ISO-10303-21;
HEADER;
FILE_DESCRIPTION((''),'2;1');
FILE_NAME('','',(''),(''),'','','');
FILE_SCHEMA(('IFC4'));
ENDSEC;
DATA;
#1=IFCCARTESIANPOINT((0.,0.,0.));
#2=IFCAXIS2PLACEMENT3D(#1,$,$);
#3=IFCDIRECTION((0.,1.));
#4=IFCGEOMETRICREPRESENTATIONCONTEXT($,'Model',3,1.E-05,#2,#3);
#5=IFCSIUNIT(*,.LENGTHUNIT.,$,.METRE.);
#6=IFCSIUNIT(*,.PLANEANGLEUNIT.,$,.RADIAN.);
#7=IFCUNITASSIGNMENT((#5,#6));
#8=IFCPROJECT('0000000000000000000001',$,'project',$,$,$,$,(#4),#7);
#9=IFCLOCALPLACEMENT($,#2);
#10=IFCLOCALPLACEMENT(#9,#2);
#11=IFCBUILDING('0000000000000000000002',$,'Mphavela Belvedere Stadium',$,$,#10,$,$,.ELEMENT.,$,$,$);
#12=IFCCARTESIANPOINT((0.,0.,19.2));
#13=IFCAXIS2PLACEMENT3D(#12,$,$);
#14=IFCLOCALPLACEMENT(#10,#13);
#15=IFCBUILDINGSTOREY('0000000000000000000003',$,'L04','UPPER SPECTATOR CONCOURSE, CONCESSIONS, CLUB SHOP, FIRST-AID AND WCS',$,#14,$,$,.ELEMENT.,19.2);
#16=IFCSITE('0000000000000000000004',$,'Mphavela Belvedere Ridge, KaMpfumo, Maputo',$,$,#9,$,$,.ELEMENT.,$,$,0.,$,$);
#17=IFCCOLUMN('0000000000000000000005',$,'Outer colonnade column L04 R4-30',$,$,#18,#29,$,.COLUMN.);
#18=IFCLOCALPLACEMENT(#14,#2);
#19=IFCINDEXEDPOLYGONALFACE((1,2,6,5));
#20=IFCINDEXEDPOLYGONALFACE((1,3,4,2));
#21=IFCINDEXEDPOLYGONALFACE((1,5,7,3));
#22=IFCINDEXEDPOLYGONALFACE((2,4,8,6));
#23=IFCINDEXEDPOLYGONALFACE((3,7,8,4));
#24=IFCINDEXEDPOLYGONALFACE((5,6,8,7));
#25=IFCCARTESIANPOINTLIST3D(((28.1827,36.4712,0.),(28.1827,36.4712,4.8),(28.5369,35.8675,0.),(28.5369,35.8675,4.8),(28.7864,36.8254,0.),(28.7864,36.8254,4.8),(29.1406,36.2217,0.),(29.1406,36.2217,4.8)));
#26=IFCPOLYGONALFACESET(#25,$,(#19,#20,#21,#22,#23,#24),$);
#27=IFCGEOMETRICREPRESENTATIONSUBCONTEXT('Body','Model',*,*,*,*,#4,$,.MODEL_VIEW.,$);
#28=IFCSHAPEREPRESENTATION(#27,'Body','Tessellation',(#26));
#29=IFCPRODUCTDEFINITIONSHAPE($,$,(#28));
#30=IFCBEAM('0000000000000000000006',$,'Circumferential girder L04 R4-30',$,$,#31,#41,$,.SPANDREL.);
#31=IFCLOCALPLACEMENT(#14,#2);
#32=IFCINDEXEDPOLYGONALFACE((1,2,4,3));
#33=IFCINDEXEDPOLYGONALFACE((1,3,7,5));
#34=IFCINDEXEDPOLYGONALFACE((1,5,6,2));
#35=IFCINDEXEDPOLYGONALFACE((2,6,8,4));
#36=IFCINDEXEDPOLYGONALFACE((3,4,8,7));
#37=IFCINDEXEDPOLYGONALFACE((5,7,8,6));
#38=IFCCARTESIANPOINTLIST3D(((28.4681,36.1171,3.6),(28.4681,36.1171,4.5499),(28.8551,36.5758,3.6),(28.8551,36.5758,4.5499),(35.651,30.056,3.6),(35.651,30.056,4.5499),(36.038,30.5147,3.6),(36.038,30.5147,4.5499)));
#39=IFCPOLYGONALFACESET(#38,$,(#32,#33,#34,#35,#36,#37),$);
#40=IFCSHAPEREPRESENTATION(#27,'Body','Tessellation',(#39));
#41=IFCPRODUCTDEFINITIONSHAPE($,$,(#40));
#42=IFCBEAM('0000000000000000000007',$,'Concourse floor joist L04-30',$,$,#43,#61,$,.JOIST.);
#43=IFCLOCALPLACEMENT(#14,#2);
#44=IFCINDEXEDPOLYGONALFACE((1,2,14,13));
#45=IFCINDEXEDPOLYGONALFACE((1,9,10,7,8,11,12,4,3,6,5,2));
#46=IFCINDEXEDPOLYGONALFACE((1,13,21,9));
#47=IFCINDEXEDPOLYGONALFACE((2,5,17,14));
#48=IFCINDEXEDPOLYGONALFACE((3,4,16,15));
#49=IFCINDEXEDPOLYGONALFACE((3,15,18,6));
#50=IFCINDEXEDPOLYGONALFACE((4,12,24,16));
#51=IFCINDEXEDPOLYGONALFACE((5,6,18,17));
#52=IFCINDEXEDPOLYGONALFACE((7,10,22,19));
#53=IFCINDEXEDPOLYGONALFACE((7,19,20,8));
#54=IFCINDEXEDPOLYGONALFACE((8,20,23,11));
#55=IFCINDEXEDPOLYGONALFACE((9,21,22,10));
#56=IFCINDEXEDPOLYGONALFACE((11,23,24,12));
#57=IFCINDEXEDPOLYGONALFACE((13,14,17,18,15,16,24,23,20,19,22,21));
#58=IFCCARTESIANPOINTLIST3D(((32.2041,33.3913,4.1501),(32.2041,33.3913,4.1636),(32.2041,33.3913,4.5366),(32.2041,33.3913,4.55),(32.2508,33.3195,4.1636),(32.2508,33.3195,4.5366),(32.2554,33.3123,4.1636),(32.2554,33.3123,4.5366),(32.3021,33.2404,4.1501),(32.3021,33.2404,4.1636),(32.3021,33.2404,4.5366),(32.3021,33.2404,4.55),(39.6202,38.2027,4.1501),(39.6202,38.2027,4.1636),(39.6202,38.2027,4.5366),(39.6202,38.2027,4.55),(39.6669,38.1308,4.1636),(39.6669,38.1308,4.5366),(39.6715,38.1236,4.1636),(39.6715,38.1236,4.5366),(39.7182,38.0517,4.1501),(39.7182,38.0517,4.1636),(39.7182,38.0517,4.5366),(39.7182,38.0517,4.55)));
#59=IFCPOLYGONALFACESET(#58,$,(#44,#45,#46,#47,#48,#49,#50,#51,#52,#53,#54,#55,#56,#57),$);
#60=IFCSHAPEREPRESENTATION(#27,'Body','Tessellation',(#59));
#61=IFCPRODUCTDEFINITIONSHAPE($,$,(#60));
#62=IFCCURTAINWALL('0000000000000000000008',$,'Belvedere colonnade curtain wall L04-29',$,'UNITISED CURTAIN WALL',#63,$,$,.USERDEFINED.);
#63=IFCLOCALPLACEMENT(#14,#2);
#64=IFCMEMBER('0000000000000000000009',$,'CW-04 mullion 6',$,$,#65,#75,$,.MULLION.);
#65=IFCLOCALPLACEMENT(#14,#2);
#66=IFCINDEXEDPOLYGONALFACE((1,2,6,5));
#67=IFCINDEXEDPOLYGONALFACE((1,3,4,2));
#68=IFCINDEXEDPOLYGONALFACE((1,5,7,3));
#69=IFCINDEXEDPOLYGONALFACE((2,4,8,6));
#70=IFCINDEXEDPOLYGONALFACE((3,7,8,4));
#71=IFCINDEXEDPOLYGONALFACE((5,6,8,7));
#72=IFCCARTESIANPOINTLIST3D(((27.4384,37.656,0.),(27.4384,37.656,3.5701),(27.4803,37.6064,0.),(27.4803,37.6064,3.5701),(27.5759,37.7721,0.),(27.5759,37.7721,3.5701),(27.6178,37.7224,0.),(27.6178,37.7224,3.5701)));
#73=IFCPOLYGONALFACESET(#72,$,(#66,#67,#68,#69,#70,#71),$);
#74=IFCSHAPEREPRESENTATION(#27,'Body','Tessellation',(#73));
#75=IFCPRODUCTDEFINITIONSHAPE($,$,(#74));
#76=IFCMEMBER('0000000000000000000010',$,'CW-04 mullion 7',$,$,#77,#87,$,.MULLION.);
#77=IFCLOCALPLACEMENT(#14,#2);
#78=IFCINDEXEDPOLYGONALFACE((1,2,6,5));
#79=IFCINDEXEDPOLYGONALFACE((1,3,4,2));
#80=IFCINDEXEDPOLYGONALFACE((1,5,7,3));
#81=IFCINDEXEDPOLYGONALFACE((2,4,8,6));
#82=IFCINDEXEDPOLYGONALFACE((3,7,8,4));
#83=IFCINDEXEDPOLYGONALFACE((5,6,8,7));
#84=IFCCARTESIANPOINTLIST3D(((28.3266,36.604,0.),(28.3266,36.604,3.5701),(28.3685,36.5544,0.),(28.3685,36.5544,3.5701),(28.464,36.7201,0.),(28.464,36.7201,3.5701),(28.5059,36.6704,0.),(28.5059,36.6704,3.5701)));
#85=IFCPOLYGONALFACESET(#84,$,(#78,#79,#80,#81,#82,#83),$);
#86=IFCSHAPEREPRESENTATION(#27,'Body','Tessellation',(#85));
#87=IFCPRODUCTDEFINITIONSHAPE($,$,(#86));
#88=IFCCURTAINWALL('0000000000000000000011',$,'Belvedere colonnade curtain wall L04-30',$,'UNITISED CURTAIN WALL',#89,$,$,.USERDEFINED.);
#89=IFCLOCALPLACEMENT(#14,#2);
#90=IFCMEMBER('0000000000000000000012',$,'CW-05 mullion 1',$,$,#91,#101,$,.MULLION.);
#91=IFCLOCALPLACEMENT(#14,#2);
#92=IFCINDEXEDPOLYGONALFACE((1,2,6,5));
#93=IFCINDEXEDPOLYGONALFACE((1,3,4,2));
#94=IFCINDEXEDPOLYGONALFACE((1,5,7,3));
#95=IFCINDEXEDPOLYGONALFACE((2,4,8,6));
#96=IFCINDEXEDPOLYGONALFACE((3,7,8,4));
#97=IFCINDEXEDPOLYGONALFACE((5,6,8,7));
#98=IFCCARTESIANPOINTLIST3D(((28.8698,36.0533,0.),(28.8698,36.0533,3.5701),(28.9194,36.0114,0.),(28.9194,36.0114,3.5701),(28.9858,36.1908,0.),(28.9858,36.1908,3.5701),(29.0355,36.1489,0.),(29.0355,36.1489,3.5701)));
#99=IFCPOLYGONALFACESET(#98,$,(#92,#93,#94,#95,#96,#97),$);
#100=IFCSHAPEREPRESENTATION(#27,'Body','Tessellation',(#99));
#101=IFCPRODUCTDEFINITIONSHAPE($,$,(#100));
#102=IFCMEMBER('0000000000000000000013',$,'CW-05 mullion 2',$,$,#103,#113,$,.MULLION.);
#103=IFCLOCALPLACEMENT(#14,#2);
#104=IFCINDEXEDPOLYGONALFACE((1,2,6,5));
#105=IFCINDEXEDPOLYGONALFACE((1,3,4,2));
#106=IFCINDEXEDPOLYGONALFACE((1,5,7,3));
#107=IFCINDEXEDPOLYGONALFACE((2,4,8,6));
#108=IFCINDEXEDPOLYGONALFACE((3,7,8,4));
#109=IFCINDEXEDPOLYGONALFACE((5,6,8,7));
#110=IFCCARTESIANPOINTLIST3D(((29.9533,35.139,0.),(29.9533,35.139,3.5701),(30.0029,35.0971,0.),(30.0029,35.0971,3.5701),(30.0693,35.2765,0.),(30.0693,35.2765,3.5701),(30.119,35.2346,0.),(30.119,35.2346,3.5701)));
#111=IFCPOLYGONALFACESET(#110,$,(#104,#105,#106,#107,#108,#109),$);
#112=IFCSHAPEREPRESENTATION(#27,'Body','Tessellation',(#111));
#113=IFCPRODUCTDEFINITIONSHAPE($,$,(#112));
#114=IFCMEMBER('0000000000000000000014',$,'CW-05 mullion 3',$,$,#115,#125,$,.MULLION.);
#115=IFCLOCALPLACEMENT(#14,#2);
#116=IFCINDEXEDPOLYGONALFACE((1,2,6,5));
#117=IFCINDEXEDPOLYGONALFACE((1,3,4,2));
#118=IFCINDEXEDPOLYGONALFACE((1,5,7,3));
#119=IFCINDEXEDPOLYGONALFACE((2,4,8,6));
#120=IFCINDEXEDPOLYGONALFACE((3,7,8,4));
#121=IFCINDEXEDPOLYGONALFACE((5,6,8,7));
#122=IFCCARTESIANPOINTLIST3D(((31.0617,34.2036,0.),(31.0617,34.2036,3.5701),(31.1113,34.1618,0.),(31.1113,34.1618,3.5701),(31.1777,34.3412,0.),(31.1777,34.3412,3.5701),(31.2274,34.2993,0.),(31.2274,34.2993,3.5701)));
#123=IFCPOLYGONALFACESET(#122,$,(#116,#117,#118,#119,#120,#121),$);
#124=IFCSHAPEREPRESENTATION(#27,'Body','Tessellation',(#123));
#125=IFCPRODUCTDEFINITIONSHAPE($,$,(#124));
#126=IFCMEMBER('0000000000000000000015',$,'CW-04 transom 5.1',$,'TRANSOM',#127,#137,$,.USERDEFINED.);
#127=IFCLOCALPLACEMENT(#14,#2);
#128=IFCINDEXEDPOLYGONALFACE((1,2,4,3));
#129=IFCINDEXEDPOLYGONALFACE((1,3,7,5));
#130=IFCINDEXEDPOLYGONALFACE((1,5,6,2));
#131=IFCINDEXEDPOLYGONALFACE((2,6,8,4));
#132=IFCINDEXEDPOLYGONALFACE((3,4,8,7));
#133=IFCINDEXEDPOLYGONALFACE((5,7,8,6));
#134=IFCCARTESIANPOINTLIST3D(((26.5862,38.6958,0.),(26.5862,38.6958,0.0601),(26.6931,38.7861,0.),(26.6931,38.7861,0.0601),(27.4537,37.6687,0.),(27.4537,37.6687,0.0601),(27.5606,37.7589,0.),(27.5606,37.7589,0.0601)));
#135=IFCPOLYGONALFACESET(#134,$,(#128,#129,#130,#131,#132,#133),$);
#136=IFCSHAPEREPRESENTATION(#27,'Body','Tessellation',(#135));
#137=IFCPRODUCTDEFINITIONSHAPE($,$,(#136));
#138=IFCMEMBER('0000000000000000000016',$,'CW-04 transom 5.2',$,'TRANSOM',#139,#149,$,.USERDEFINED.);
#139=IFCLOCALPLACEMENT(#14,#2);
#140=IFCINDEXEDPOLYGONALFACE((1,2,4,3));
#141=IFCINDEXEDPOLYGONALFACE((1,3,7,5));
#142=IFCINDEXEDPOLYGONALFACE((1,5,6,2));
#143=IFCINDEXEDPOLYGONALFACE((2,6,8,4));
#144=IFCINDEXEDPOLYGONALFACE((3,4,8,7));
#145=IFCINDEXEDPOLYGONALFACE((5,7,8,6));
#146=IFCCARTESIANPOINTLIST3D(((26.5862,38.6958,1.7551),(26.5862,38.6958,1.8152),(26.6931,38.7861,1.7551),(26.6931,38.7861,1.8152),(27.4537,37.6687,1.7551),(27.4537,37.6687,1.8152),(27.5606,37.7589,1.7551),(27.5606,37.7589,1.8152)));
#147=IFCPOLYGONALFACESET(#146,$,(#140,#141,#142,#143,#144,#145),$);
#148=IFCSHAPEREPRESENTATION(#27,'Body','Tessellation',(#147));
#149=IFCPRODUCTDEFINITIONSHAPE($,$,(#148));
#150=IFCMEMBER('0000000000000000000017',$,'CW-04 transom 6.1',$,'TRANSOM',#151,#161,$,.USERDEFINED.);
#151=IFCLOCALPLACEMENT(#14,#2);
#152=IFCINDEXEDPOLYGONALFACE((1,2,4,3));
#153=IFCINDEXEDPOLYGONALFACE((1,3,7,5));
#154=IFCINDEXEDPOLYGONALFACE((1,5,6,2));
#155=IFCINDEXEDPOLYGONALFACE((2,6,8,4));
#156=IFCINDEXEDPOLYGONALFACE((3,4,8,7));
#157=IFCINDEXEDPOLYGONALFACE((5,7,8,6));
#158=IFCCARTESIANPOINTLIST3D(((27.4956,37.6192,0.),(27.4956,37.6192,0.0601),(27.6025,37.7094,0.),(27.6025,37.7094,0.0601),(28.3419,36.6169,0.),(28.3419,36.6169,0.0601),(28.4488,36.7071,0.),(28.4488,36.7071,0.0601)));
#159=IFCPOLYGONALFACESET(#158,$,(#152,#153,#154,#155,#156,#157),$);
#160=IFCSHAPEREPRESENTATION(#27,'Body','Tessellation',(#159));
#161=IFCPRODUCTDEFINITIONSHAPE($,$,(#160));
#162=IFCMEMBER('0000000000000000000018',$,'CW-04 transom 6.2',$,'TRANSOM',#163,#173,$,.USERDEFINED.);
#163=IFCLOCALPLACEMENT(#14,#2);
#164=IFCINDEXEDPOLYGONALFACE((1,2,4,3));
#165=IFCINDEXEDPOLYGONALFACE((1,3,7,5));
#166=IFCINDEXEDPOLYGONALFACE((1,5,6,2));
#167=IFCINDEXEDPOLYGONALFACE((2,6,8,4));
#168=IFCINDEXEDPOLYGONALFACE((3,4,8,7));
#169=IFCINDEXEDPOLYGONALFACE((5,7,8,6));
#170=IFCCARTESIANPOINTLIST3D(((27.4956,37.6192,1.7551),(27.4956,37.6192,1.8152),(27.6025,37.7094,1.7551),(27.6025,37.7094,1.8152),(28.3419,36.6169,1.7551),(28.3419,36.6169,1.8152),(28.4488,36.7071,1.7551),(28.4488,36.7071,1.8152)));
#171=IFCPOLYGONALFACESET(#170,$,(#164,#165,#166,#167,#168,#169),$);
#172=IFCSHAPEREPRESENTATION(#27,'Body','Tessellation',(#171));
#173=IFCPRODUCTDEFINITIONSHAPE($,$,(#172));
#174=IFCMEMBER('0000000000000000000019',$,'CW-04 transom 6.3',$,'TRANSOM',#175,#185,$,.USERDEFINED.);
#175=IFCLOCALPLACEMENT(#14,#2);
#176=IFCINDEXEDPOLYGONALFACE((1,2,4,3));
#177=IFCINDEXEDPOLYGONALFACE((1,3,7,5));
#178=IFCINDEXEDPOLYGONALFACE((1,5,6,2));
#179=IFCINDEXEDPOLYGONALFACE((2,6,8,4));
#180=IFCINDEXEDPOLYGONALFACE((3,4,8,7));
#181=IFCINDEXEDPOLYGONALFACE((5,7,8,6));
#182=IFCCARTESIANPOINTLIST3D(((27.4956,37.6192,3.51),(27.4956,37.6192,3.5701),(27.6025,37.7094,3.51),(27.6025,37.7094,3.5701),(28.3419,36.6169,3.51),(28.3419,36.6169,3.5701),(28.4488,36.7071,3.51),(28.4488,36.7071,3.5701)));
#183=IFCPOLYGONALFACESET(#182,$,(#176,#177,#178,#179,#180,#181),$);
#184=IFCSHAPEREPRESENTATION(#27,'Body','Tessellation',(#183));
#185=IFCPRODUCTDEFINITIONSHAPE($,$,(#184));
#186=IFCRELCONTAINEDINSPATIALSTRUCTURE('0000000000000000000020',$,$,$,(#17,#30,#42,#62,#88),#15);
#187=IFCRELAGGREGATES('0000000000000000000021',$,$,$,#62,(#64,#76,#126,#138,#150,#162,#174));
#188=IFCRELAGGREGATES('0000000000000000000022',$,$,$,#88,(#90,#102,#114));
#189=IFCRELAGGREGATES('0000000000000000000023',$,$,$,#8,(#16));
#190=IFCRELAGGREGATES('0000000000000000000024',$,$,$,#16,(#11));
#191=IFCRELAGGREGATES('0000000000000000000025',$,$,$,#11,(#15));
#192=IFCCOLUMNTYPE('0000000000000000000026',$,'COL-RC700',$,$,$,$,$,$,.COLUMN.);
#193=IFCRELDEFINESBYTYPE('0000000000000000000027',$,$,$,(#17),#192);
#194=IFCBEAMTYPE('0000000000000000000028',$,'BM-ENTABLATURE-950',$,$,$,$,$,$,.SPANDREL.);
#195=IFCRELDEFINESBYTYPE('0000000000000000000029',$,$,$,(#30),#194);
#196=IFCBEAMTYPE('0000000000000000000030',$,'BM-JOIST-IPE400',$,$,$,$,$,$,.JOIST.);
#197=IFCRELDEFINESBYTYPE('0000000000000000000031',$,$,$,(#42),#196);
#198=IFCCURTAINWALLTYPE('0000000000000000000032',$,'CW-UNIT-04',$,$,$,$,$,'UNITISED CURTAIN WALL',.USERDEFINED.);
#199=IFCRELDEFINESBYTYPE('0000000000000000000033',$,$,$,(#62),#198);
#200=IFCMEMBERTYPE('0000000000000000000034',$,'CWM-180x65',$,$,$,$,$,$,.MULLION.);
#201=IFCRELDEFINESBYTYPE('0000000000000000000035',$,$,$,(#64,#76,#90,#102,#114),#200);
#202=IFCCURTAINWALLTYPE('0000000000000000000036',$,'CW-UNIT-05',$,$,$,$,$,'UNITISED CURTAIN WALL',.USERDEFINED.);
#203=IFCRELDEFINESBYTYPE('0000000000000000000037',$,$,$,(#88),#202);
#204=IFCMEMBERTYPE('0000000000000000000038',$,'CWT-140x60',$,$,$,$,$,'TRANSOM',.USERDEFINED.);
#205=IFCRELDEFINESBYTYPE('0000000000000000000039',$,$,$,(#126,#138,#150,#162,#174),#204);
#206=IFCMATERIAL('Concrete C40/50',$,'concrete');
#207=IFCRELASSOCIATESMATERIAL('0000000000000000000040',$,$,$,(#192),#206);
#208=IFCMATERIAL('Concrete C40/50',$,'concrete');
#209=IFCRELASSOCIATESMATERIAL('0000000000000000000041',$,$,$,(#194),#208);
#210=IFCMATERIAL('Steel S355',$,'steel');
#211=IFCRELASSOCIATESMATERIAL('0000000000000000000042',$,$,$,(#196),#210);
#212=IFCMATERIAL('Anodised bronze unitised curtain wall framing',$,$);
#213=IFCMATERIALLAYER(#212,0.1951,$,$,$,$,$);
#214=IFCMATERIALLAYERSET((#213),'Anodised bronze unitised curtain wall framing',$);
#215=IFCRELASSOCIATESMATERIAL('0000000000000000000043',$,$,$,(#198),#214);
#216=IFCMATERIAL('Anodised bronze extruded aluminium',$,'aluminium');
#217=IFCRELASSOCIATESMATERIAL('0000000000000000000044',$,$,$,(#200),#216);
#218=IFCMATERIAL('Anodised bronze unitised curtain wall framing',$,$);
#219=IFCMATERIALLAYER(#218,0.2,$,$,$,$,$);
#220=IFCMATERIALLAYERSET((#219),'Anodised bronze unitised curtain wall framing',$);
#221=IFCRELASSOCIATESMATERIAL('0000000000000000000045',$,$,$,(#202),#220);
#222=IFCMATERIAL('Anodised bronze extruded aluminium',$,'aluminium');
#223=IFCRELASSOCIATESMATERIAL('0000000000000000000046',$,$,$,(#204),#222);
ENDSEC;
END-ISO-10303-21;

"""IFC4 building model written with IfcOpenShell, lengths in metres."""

from ifc_helpers import new_model, si_unit, direction, frame, origin, origin_2d, place, context, subcontext, project, spatial, rectangle, i_section, extrude, material, layer, layer_set, material_profile, profile_set, type_object, element, aggregate, save


model = new_model("IFC4")

# Units and contexts
model_context = context("Model", 3, precision=1e-05, world=origin(), true_north=direction((0.0, 1.0)))
body_context = subcontext(model_context, "Body", "Model", "MODEL_VIEW")
ifc_project = project(units=[si_unit("LENGTHUNIT", "METRE"), si_unit("PLANEANGLEUNIT", "RADIAN")], contexts=[model_context])

# Site, building, storey
site_placement = place(None, origin())
site = spatial("IfcSite", under=ifc_project, at=site_placement, Name="Mphavela Belvedere Ridge, KaMpfumo, Maputo", CompositionType="ELEMENT", RefElevation=0.0)
building_placement = place(site_placement, origin())
building = spatial("IfcBuilding", under=site, at=building_placement, Name="Mphavela Belvedere Stadium", CompositionType="ELEMENT")
storey_placement = place(building_placement, frame((0.0, 0.0, 19.2)))
storey = spatial("IfcBuildingStorey", under=building, at=storey_placement, Name="L04", Description="UPPER SPECTATOR CONCOURSE, CONCESSIONS, CLUB SHOP, FIRST-AID AND WCS", CompositionType="ELEMENT", Elevation=19.2)

# Column
ifc_material_1 = material(Name="Concrete C40/50", Category="concrete")
ifc_material_profile_1 = material_profile(ifc_material_1, rectangle(XDim=0.7, YDim=0.7, at=origin_2d()), Name="RC 700x700")
ifc_profile_set_1 = profile_set([ifc_material_profile_1], Name="Concrete C40/50")
column_type = type_object("IfcColumnType", Name="COL-RC700", PredefinedType="COLUMN", material=ifc_profile_set_1)
column_placement = place(storey_placement, frame((28.6616, 36.3464, 0.0), z_axis=(0.0, 0.0, 1.0), x_axis=(-0.862514, -0.506034, 0.0)))
element("IfcColumn", 1, at=column_placement, inside=storey, type_object=column_type, Name="Outer colonnade column L04 R4-30", PredefinedType="COLUMN", context=body_context, shape_type="SweptSolid", body=[
    extrude(rectangle(XDim=0.7, YDim=0.7, at=origin_2d()), origin(), (0.0, 0.0, 1.0), 4.8),
])

# Beams
ifc_material_2 = material(Name="Concrete C40/50", Category="concrete")
ifc_material_profile_2 = material_profile(ifc_material_2, rectangle(XDim=0.6001, YDim=0.95, at=origin_2d()), Name="RC 600x950")
ifc_profile_set_2 = profile_set([ifc_material_profile_2], Name="Concrete C40/50")
beam_type_1 = type_object("IfcBeamType", Name="BM-ENTABLATURE-950", PredefinedType="SPANDREL", material=ifc_profile_set_2)
beam_1_placement = place(storey_placement, frame((28.6616, 36.3464, 4.075), z_axis=(0.764265, -0.644902, 0.0), x_axis=(0.644902, 0.764265, 0.0)))
element("IfcBeam", 2, at=beam_1_placement, inside=storey, type_object=beam_type_1, Name="Circumferential girder L04 R4-30", PredefinedType="SPANDREL", context=body_context, shape_type="SweptSolid", body=[
    extrude(rectangle(XDim=0.6001, YDim=0.95, at=origin_2d()), origin(), (0.0, 0.0, 1.0), 9.3984),
])
ifc_material_3 = material(Name="Steel S355", Category="steel")
ifc_material_profile_3 = material_profile(ifc_material_3, i_section(OverallWidth=0.1799, OverallDepth=0.3999, WebThickness=0.0085, FlangeThickness=0.0134, at=origin_2d()), Name="IPE 400")
ifc_profile_set_3 = profile_set([ifc_material_profile_3], Name="Steel S355")
beam_type_2 = type_object("IfcBeamType", Name="BM-JOIST-IPE400", PredefinedType="JOIST", material=ifc_profile_set_3)
beam_2_placement = place(storey_placement, frame((39.6692, 38.1272, 4.3501), z_axis=(-0.838915, -0.544262, 0.0), x_axis=(0.544262, -0.838915, 0.0)))
element("IfcBeam", 3, at=beam_2_placement, inside=storey, type_object=beam_type_2, Name="Concourse floor joist L04-30", PredefinedType="JOIST", context=body_context, shape_type="SweptSolid", body=[
    extrude(i_section(OverallWidth=0.1799, OverallDepth=0.3999, WebThickness=0.0085, FlangeThickness=0.0134, at=origin_2d()), origin(), (0.0, 0.0, 1.0), 8.8401),
])

# Curtain walls, members
ifc_material_4 = material(Name="Anodised bronze unitised curtain wall framing")
ifc_layer_1 = layer(ifc_material_4, 0.1951)
ifc_layer_set_1 = layer_set([ifc_layer_1], Name="Anodised bronze unitised curtain wall framing")
curtain_wall_type_1 = type_object("IfcCurtainWallType", Name="CW-UNIT-04", ElementType="UNITISED CURTAIN WALL", PredefinedType="USERDEFINED", material=ifc_layer_set_1)
curtain_wall_1_placement = place(storey_placement, origin())
curtain_wall_1 = element("IfcCurtainWall", 4, at=curtain_wall_1_placement, inside=storey, type_object=curtain_wall_type_1, Name="Belvedere colonnade curtain wall L04-29", ObjectType="UNITISED CURTAIN WALL", PredefinedType="USERDEFINED")
ifc_material_5 = material(Name="Anodised bronze extruded aluminium", Category="aluminium")
ifc_material_profile_4 = material_profile(ifc_material_5, rectangle(XDim=0.1799, YDim=0.0649, at=origin_2d()), Name="CW-MUL 180x65")
ifc_profile_set_4 = profile_set([ifc_material_profile_4], Name="Anodised bronze extruded aluminium")
member_type_1 = type_object("IfcMemberType", Name="CWM-180x65", PredefinedType="MULLION", material=ifc_profile_set_4)
member_1_placement = place(storey_placement, frame((27.5281, 37.6892, 0.0), z_axis=(0.0, 0.0, 1.0), x_axis=(0.764035, 0.645175, 0.0)))
member_1 = element("IfcMember", 5, at=member_1_placement, type_object=member_type_1, Name="CW-04 mullion 6", PredefinedType="MULLION", context=body_context, shape_type="SweptSolid", body=[
    extrude(rectangle(XDim=0.1799, YDim=0.0649, at=origin_2d()), origin(), (0.0, 0.0, 1.0), 3.5701),
])
member_2_placement = place(storey_placement, frame((28.4163, 36.6372, 0.0), z_axis=(0.0, 0.0, 1.0), x_axis=(0.764035, 0.645175, 0.0)))
member_2 = element("IfcMember", 6, at=member_2_placement, type_object=member_type_1, Name="CW-04 mullion 7", PredefinedType="MULLION", context=body_context, shape_type="SweptSolid", body=[
    extrude(rectangle(XDim=0.1799, YDim=0.0649, at=origin_2d()), origin(), (0.0, 0.0, 1.0), 3.5701),
])
ifc_material_6 = material(Name="Anodised bronze unitised curtain wall framing")
ifc_layer_2 = layer(ifc_material_6, 0.2)
ifc_layer_set_2 = layer_set([ifc_layer_2], Name="Anodised bronze unitised curtain wall framing")
curtain_wall_type_2 = type_object("IfcCurtainWallType", Name="CW-UNIT-05", ElementType="UNITISED CURTAIN WALL", PredefinedType="USERDEFINED", material=ifc_layer_set_2)
curtain_wall_2_placement = place(storey_placement, origin())
curtain_wall_2 = element("IfcCurtainWall", 7, at=curtain_wall_2_placement, inside=storey, type_object=curtain_wall_type_2, Name="Belvedere colonnade curtain wall L04-30", ObjectType="UNITISED CURTAIN WALL", PredefinedType="USERDEFINED")
member_3_placement = place(storey_placement, frame((28.9526, 36.1011, 0.0), z_axis=(0.0, 0.0, 1.0), x_axis=(0.644916, 0.764253, 0.0)))
member_3 = element("IfcMember", 8, at=member_3_placement, type_object=member_type_1, Name="CW-05 mullion 1", PredefinedType="MULLION", context=body_context, shape_type="SweptSolid", body=[
    extrude(rectangle(XDim=0.1799, YDim=0.0649, at=origin_2d()), origin(), (0.0, 0.0, 1.0), 3.5701),
])
member_4_placement = place(storey_placement, frame((30.0361, 35.1868, 0.0), z_axis=(0.0, 0.0, 1.0), x_axis=(0.644916, 0.764253, 0.0)))
member_4 = element("IfcMember", 9, at=member_4_placement, type_object=member_type_1, Name="CW-05 mullion 2", PredefinedType="MULLION", context=body_context, shape_type="SweptSolid", body=[
    extrude(rectangle(XDim=0.1799, YDim=0.0649, at=origin_2d()), origin(), (0.0, 0.0, 1.0), 3.5701),
])
member_5_placement = place(storey_placement, frame((31.1445, 34.2515, 0.0), z_axis=(0.0, 0.0, 1.0), x_axis=(0.644916, 0.764253, 0.0)))
member_5 = element("IfcMember", 10, at=member_5_placement, type_object=member_type_1, Name="CW-05 mullion 3", PredefinedType="MULLION", context=body_context, shape_type="SweptSolid", body=[
    extrude(rectangle(XDim=0.1799, YDim=0.0649, at=origin_2d()), origin(), (0.0, 0.0, 1.0), 3.5701),
])

# Members
ifc_material_7 = material(Name="Anodised bronze extruded aluminium", Category="aluminium")
ifc_material_profile_5 = material_profile(ifc_material_7, rectangle(XDim=0.1399, YDim=0.0601, at=origin_2d()), Name="CW-TRN 140x60")
ifc_profile_set_5 = profile_set([ifc_material_profile_5], Name="Anodised bronze extruded aluminium")
member_type_2 = type_object("IfcMemberType", Name="CWT-140x60", ElementType="TRANSOM", PredefinedType="USERDEFINED", material=ifc_profile_set_5)
member_6_placement = place(storey_placement, frame((26.6396, 38.741, 0.03), z_axis=(0.645226, -0.763992, 0.0), x_axis=(0.763992, 0.645226, 0.0)))
member_6 = element("IfcMember", 11, at=member_6_placement, type_object=member_type_2, Name="CW-04 transom 5.1", ObjectType="TRANSOM", PredefinedType="USERDEFINED", context=body_context, shape_type="SweptSolid", body=[
    extrude(rectangle(XDim=0.1399, YDim=0.0601, at=origin_2d()), origin(), (0.0, 0.0, 1.0), 1.3445),
])
member_7_placement = place(storey_placement, frame((26.6396, 38.741, 1.7852), z_axis=(0.645226, -0.763992, 0.0), x_axis=(0.763992, 0.645226, 0.0)))
member_7 = element("IfcMember", 12, at=member_7_placement, type_object=member_type_2, Name="CW-04 transom 5.2", ObjectType="TRANSOM", PredefinedType="USERDEFINED", context=body_context, shape_type="SweptSolid", body=[
    extrude(rectangle(XDim=0.1399, YDim=0.0601, at=origin_2d()), origin(), (0.0, 0.0, 1.0), 1.3445),
])
member_8_placement = place(storey_placement, frame((27.5491, 37.6643, 0.03), z_axis=(0.645133, -0.764071, 0.0), x_axis=(0.764071, 0.645133, 0.0)))
member_8 = element("IfcMember", 13, at=member_8_placement, type_object=member_type_2, Name="CW-04 transom 6.1", ObjectType="TRANSOM", PredefinedType="USERDEFINED", context=body_context, shape_type="SweptSolid", body=[
    extrude(rectangle(XDim=0.1399, YDim=0.0601, at=origin_2d()), origin(), (0.0, 0.0, 1.0), 1.3118),
])
member_9_placement = place(storey_placement, frame((27.5491, 37.6643, 1.7852), z_axis=(0.645133, -0.764071, 0.0), x_axis=(0.764071, 0.645133, 0.0)))
member_9 = element("IfcMember", 14, at=member_9_placement, type_object=member_type_2, Name="CW-04 transom 6.2", ObjectType="TRANSOM", PredefinedType="USERDEFINED", context=body_context, shape_type="SweptSolid", body=[
    extrude(rectangle(XDim=0.1399, YDim=0.0601, at=origin_2d()), origin(), (0.0, 0.0, 1.0), 1.3118),
])
member_10_placement = place(storey_placement, frame((27.5491, 37.6643, 3.54), z_axis=(0.645133, -0.764071, 0.0), x_axis=(0.764071, 0.645133, 0.0)))
member_10 = element("IfcMember", 15, at=member_10_placement, type_object=member_type_2, Name="CW-04 transom 6.3", ObjectType="TRANSOM", PredefinedType="USERDEFINED", context=body_context, shape_type="SweptSolid", body=[
    extrude(rectangle(XDim=0.1399, YDim=0.0601, at=origin_2d()), origin(), (0.0, 0.0, 1.0), 1.3118),
])

aggregate(curtain_wall_1, [member_1, member_2, member_6, member_7, member_8, member_9, member_10])
aggregate(curtain_wall_2, [member_3, member_4, member_5])

save(model, "model.ifc")
